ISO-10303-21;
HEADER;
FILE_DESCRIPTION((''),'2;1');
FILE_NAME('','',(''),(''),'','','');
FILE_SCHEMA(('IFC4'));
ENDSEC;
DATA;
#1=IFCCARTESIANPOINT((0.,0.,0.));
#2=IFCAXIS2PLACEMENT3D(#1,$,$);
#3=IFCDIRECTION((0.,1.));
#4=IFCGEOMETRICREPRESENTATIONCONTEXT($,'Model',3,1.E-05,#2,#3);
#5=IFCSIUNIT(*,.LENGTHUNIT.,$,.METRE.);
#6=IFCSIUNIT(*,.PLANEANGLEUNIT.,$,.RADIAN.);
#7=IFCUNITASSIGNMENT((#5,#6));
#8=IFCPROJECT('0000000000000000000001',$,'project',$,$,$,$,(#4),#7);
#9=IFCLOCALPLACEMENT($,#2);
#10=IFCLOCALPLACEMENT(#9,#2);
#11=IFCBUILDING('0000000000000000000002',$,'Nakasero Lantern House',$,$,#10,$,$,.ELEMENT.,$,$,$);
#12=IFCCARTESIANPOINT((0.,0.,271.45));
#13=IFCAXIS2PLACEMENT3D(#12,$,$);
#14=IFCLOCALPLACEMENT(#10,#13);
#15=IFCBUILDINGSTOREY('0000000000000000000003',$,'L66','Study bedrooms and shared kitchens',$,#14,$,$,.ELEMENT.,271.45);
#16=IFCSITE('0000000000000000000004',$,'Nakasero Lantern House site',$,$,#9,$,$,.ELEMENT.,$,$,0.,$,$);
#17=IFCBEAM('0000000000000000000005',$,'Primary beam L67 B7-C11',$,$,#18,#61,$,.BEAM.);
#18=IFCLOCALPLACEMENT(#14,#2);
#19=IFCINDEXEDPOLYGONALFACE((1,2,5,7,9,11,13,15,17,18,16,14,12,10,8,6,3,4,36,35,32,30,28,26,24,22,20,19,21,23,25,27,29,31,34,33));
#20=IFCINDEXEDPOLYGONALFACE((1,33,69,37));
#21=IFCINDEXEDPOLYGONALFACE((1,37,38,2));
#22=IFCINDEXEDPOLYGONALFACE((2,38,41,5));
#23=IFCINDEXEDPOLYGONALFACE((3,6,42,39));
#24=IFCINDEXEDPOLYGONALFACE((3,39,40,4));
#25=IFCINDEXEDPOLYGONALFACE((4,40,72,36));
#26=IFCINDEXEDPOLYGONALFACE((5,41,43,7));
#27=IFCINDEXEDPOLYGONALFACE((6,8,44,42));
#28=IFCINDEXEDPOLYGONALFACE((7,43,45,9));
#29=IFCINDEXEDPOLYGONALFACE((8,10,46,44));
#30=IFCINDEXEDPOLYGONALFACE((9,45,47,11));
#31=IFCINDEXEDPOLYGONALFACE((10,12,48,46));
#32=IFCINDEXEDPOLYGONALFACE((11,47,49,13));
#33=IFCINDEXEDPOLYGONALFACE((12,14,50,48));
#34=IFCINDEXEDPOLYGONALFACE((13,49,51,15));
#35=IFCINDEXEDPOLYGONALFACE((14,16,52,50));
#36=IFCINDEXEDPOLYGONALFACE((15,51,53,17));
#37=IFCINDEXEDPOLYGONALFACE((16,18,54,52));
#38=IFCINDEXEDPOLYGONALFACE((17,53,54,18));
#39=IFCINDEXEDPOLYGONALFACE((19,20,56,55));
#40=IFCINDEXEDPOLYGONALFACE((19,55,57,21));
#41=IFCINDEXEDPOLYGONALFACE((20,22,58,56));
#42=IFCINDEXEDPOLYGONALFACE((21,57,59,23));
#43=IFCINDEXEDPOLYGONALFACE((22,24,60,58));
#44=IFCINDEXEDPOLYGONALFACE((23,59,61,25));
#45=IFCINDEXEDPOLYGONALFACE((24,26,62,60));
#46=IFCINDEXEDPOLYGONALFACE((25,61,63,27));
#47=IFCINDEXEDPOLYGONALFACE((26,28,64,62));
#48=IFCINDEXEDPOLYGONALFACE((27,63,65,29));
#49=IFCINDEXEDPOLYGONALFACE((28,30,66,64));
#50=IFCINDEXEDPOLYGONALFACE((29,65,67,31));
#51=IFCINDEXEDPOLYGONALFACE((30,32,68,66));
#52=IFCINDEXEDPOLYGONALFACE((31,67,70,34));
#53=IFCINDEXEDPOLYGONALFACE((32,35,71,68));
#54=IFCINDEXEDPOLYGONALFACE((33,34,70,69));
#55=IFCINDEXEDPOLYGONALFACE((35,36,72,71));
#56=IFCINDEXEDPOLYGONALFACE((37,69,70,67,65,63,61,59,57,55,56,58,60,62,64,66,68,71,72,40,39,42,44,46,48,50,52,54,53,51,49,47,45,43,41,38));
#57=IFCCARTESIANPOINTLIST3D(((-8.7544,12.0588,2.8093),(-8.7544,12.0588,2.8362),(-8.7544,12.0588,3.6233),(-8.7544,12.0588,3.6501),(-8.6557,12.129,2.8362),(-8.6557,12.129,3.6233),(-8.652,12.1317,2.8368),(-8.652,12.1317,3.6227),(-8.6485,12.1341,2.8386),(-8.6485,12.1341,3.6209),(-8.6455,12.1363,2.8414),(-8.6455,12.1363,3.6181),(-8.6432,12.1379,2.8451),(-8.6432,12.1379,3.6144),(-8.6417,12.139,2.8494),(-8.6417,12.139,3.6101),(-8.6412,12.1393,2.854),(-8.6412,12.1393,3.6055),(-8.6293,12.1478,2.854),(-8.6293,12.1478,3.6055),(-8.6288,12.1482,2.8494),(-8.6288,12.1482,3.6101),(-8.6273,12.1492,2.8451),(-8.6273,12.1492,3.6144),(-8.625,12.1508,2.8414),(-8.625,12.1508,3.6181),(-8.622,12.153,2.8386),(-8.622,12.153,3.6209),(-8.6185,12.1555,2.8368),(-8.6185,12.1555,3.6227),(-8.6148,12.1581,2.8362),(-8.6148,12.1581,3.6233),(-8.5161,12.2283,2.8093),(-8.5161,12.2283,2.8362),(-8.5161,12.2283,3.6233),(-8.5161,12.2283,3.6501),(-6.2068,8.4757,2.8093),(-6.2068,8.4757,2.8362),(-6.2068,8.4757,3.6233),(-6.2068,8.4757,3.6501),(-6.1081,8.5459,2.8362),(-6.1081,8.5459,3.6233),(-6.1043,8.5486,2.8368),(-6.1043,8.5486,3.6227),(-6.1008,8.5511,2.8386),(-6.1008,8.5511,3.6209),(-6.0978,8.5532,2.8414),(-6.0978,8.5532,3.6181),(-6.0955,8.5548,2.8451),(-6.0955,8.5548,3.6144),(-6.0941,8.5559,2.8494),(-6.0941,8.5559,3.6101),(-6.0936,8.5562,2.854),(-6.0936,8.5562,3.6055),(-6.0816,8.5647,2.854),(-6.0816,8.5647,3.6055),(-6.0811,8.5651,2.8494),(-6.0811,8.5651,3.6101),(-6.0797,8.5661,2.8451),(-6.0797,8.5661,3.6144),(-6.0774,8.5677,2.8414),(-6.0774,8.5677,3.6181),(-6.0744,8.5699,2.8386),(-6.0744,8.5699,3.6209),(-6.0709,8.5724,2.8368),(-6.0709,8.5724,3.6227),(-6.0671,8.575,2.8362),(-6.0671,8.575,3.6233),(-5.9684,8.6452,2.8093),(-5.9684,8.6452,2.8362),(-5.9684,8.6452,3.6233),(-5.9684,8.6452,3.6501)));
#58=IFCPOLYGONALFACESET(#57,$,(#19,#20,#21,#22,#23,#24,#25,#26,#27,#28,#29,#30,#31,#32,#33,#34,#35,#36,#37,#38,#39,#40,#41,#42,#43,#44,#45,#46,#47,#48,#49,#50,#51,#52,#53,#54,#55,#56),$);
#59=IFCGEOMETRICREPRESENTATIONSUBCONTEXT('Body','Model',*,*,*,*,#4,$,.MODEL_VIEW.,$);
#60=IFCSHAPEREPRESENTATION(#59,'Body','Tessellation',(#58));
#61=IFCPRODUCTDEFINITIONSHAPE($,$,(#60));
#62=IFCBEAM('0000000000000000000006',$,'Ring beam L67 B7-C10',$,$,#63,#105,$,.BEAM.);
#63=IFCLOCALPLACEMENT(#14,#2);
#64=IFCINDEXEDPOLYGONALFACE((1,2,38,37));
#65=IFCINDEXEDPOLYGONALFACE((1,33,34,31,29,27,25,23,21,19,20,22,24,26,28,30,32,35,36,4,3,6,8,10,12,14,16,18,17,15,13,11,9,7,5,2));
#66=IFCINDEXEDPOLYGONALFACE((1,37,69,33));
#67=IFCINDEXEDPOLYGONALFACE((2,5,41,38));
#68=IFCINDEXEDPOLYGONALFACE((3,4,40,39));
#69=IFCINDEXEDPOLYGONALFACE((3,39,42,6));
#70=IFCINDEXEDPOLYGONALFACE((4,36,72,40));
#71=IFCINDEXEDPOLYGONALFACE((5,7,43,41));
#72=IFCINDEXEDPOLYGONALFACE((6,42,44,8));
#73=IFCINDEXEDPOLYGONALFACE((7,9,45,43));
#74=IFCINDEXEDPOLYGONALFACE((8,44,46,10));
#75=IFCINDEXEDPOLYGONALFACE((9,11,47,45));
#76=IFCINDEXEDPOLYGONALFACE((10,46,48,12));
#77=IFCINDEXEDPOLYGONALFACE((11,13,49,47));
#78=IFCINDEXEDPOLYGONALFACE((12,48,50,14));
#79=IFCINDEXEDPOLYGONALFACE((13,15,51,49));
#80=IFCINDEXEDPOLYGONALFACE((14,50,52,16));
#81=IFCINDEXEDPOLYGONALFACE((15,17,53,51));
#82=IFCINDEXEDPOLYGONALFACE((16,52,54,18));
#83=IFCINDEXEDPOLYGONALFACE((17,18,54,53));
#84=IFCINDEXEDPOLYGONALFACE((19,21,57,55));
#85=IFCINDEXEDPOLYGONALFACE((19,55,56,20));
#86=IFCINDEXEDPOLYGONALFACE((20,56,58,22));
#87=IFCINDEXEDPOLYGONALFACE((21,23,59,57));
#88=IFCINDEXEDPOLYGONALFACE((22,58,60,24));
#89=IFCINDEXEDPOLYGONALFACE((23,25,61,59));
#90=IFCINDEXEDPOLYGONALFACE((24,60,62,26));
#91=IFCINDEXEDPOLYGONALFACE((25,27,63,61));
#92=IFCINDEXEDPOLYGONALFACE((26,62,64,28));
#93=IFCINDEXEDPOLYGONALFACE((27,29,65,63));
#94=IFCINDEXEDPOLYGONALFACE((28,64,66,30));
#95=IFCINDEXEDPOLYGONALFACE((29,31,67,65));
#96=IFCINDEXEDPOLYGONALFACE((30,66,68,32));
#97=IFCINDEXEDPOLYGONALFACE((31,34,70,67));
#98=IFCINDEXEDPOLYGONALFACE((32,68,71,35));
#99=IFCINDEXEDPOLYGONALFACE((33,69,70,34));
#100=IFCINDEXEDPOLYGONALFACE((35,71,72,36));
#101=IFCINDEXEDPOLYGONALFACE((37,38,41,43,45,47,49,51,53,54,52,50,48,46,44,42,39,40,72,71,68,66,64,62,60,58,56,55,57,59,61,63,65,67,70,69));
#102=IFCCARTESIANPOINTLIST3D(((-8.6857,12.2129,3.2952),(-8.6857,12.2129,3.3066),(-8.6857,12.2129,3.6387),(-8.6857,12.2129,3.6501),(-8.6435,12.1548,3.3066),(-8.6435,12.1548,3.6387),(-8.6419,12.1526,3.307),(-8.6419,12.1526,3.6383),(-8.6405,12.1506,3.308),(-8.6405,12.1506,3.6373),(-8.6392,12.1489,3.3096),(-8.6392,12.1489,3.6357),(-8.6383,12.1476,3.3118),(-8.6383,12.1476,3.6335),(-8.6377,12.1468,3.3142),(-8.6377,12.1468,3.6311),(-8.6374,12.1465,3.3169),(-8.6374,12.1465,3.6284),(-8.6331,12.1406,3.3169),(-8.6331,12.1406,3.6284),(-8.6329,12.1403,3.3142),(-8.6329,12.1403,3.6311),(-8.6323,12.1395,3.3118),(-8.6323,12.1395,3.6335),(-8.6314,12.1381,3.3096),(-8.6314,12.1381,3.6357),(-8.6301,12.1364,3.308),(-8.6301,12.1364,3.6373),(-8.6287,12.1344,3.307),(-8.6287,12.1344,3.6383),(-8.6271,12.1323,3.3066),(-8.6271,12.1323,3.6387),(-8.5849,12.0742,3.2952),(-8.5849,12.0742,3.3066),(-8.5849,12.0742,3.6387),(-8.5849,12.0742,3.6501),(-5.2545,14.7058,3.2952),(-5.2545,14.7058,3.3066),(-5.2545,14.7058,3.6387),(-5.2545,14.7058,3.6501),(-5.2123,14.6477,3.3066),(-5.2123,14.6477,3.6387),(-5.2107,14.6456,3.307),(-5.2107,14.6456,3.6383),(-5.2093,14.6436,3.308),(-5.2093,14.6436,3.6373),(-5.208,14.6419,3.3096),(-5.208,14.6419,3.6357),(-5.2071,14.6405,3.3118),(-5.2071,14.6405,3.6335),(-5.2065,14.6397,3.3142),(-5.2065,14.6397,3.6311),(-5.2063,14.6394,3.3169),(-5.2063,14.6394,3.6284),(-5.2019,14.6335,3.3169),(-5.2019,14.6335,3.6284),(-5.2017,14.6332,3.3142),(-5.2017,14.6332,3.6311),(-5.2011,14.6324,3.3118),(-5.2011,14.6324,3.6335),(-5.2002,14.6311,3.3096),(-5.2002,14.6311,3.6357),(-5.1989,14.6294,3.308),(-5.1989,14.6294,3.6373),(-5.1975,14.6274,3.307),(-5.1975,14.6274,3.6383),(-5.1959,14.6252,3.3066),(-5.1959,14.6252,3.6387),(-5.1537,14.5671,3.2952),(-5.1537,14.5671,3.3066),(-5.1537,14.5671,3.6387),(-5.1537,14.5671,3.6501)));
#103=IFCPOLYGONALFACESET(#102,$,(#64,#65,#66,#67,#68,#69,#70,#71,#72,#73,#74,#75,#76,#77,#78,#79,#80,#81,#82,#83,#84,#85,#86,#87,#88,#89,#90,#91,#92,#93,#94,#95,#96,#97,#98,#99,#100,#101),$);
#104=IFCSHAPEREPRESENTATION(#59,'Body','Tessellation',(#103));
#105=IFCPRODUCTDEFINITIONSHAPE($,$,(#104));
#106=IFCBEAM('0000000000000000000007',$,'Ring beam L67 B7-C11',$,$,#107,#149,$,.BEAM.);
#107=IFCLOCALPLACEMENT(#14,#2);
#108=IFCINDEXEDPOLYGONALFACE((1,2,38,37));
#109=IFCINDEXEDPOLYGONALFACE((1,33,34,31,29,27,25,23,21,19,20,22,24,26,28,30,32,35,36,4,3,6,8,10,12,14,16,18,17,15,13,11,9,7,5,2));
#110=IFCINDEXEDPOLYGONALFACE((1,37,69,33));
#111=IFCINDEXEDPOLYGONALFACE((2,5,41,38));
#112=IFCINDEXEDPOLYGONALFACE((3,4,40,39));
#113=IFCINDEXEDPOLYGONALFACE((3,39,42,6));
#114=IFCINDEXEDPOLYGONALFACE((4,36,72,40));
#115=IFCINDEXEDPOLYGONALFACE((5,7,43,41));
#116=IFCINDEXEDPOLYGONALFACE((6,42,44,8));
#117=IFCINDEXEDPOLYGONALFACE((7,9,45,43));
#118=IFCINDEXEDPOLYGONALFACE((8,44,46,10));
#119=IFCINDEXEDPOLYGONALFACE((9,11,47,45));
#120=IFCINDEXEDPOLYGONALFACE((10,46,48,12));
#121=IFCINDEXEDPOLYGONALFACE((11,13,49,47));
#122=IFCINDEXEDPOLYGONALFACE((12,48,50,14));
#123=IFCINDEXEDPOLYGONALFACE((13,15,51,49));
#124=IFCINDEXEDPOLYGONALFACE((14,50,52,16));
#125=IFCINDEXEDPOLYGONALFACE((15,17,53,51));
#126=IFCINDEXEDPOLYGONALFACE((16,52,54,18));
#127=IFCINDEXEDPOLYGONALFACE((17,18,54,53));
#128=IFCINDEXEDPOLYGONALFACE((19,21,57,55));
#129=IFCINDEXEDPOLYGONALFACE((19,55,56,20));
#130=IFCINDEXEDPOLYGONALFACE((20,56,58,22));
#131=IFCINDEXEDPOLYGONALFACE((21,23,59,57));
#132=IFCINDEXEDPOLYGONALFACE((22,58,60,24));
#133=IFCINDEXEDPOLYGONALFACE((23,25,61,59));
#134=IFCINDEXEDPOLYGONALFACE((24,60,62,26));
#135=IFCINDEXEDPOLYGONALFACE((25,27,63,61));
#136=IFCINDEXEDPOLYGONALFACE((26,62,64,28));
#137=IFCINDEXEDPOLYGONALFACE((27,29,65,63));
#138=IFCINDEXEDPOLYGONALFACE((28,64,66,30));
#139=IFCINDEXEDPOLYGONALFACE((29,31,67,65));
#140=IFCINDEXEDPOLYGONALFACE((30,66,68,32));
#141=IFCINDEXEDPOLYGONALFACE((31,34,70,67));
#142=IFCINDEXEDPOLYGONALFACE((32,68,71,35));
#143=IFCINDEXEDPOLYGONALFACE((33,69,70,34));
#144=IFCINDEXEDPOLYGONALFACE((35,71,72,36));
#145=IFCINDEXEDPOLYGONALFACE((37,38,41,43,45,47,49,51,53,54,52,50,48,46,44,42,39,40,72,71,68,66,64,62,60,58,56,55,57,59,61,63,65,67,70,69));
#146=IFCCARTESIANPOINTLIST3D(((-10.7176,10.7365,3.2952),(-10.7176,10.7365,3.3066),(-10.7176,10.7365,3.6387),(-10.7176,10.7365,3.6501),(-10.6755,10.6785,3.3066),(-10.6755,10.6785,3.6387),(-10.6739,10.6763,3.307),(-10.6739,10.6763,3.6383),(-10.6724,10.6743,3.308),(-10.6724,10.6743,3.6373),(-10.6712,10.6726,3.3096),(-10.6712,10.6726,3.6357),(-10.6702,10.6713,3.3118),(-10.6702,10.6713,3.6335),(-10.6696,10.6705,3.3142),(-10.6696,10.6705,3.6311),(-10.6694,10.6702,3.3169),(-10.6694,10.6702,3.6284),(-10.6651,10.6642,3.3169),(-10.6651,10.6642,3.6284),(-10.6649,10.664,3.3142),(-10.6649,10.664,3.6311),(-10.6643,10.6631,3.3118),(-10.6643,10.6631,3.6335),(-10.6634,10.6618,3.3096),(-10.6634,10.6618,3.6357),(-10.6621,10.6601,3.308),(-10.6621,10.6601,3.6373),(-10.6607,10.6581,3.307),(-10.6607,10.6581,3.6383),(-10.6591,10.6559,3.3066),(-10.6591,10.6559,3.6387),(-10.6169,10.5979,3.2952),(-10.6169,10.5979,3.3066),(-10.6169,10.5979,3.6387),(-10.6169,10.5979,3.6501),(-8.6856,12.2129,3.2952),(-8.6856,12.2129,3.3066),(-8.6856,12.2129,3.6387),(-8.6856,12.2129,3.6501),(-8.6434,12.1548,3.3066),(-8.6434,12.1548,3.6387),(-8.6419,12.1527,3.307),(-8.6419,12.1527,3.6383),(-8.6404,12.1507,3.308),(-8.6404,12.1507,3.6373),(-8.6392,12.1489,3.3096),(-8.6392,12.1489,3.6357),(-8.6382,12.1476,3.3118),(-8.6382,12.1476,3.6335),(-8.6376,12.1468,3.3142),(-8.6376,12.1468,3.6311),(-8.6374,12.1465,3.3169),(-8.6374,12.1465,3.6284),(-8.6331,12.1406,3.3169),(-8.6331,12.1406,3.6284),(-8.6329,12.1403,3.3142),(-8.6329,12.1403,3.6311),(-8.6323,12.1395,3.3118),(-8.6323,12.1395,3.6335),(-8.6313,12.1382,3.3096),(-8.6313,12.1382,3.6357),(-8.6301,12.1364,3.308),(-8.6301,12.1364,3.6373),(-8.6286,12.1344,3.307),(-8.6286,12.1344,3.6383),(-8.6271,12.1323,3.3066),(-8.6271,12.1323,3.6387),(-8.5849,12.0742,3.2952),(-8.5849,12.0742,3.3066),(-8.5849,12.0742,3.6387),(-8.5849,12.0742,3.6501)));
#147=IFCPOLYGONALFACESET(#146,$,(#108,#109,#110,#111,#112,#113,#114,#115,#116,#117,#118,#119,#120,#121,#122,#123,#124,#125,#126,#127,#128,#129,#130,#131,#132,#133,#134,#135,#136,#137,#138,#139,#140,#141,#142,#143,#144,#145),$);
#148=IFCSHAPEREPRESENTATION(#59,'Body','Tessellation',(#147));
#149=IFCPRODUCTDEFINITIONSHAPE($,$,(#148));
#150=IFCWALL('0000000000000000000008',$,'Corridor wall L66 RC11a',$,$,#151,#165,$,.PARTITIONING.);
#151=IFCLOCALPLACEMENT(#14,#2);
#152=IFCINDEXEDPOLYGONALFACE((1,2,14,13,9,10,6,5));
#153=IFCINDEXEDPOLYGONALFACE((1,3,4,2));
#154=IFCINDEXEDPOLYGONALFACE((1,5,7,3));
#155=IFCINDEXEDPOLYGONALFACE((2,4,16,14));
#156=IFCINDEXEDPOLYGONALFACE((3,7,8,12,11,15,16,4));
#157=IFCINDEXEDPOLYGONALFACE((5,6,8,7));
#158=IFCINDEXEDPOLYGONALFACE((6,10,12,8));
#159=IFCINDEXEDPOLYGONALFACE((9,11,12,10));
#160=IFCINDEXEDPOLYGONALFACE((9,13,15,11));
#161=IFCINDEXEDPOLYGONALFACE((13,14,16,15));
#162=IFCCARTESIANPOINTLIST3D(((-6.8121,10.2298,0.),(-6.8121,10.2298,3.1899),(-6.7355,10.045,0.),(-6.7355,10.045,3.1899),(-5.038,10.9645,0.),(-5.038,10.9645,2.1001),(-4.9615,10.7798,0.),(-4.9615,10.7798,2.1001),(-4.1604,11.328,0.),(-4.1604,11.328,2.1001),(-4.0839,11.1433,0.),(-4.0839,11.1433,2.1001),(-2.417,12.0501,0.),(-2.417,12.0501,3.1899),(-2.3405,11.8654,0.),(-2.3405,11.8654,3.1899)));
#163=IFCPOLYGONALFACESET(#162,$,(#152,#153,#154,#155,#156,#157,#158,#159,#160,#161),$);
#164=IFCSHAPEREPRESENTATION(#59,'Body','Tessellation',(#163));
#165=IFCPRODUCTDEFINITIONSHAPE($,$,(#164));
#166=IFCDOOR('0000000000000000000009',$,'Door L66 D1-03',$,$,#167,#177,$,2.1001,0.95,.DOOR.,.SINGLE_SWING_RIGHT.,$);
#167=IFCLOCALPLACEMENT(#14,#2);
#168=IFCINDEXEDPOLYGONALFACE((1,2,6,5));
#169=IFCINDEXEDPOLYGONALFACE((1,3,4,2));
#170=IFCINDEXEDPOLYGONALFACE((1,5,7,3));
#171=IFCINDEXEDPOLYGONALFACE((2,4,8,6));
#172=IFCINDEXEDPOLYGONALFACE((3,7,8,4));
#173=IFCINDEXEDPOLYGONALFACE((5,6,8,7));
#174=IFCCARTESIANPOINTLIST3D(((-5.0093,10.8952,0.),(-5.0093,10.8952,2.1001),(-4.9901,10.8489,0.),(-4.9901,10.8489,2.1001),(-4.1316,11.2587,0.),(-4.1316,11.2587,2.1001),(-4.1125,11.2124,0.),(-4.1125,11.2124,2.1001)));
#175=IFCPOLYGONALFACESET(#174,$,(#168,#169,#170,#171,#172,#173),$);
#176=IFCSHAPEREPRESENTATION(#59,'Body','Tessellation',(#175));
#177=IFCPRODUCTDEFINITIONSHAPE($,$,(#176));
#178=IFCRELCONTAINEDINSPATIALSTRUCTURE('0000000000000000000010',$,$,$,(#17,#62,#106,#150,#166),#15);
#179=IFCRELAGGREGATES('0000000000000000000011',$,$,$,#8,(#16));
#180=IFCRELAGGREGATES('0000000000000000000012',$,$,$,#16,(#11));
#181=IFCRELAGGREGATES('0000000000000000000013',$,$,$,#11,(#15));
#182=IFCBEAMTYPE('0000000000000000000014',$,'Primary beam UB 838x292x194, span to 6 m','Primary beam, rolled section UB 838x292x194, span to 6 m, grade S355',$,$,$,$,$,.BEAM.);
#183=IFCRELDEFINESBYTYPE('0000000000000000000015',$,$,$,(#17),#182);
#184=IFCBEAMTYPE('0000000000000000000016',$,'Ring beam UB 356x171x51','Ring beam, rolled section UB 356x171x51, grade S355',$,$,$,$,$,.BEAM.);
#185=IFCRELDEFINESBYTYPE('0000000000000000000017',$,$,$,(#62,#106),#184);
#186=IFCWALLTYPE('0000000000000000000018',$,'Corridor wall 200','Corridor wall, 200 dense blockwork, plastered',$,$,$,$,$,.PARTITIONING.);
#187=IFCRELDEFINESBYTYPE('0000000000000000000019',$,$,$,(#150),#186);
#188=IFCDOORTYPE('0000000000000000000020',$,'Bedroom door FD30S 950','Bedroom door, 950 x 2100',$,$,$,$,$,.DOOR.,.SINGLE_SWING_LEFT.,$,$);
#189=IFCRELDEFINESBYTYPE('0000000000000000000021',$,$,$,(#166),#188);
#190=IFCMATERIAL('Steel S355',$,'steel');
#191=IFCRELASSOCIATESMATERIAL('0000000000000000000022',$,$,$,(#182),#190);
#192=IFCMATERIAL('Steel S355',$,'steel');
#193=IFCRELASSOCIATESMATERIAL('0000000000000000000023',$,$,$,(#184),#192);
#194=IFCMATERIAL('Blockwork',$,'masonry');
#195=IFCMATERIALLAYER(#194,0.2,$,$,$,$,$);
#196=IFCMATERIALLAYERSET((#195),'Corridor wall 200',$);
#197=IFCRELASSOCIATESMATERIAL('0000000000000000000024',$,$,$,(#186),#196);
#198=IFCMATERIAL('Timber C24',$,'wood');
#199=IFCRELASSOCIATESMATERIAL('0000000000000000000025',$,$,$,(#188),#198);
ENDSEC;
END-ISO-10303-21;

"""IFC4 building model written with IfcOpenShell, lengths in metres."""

from ifc_helpers import new_model, si_unit, direction, frame, frame_2d, origin, origin_2d, place, context, subcontext, project, spatial, rectangle, i_section, extrude, material, layer, layer_set, material_profile, profile_set, type_object, element, fill, save


model = new_model("IFC4")

# Units and contexts
model_context = context("Model", 3, precision=1e-05, world=origin(), true_north=direction((0.0, 1.0)))
body_context = subcontext(model_context, "Body", "Model", "MODEL_VIEW")
ifc_project = project(units=[si_unit("LENGTHUNIT", "METRE"), si_unit("PLANEANGLEUNIT", "RADIAN")], contexts=[model_context])

# Site, building, storey
site_placement = place(None, origin())
site = spatial("IfcSite", under=ifc_project, at=site_placement, Name="Nakasero Lantern House site", CompositionType="ELEMENT", RefElevation=0.0)
building_placement = place(site_placement, origin())
building = spatial("IfcBuilding", under=site, at=building_placement, Name="Nakasero Lantern House", CompositionType="ELEMENT")
storey_placement = place(building_placement, frame((0.0, 0.0, 271.45)))
storey = spatial("IfcBuildingStorey", under=building, at=storey_placement, Name="L66", Description="Study bedrooms and shared kitchens", CompositionType="ELEMENT", Elevation=271.45)

# Beams
ifc_material_1 = material(Name="Steel S355", Category="steel")
ifc_material_profile_1 = material_profile(ifc_material_1, i_section(OverallWidth=0.2925, OverallDepth=0.8408, WebThickness=0.0146, FlangeThickness=0.0269, FilletRadius=0.0178, at=origin_2d()), Name="UB 838x292x194")
ifc_profile_set_1 = profile_set([ifc_material_profile_1], Name="Steel S355")
beam_type_1 = type_object("IfcBeamType", Name="Primary beam UB 838x292x194, span to 6 m", Description="Primary beam, rolled section UB 838x292x194, span to 6 m, grade S355", PredefinedType="BEAM", material=ifc_profile_set_1)
beam_1_placement = place(storey_placement, frame((-8.6353, 12.1436, 3.2297), z_axis=(0.579477, -0.814989, 0.0), x_axis=(0.814989, 0.579477, 0.0)))
element("IfcBeam", 1, at=beam_1_placement, inside=storey, type_object=beam_type_1, Name="Primary beam L67 B7-C11", PredefinedType="BEAM", context=body_context, shape_type="SweptSolid", body=[
    extrude(i_section(OverallWidth=0.2925, OverallDepth=0.8408, WebThickness=0.0146, FlangeThickness=0.0269, FilletRadius=0.0178, at=origin_2d()), origin(), (0.0, 0.0, 1.0), 4.3965),
])
ifc_material_2 = material(Name="Steel S355", Category="steel")
ifc_material_profile_2 = material_profile(ifc_material_2, i_section(OverallWidth=0.1714, OverallDepth=0.355, WebThickness=0.0073, FlangeThickness=0.0115, FilletRadius=0.0103, at=origin_2d()), Name="UB 356x171x51")
ifc_profile_set_2 = profile_set([ifc_material_profile_2], Name="Steel S355")
beam_type_2 = type_object("IfcBeamType", Name="Ring beam UB 356x171x51", Description="Ring beam, rolled section UB 356x171x51, grade S355", PredefinedType="BEAM", material=ifc_profile_set_2)
beam_2_placement = place(storey_placement, frame((-5.2041, 14.6365, 3.4727), z_axis=(-0.809012, -0.587792, 0.0), x_axis=(0.587792, -0.809012, 0.0)))
element("IfcBeam", 2, at=beam_2_placement, inside=storey, type_object=beam_type_2, Name="Ring beam L67 B7-C10", PredefinedType="BEAM", context=body_context, shape_type="SweptSolid", body=[
    extrude(i_section(OverallWidth=0.1714, OverallDepth=0.355, WebThickness=0.0073, FlangeThickness=0.0115, FilletRadius=0.0103, at=origin_2d()), origin(), (0.0, 0.0, 1.0), 4.2412),
])
beam_3_placement = place(storey_placement, frame((-8.6353, 12.1436, 3.4727), z_axis=(-0.809018, -0.587784, 0.0), x_axis=(0.587784, -0.809018, 0.0)))
element("IfcBeam", 3, at=beam_3_placement, inside=storey, type_object=beam_type_2, Name="Ring beam L67 B7-C11", PredefinedType="BEAM", context=body_context, shape_type="SweptSolid", body=[
    extrude(i_section(OverallWidth=0.1714, OverallDepth=0.355, WebThickness=0.0073, FlangeThickness=0.0115, FilletRadius=0.0103, at=origin_2d()), origin(), (0.0, 0.0, 1.0), 2.5117),
])

# Wall, opening, door
ifc_material_3 = material(Name="Blockwork", Category="masonry")
ifc_layer_1 = layer(ifc_material_3, 0.2)
ifc_layer_set_1 = layer_set([ifc_layer_1], Name="Corridor wall 200")
wall_type_1 = type_object("IfcWallType", Name="Corridor wall 200", Description="Corridor wall, 200 dense blockwork, plastered", PredefinedType="PARTITIONING", material=ifc_layer_set_1)
wall_1_placement = place(storey_placement, frame((-6.7737, 10.1375, 0.0), z_axis=(0.0, 0.0, 1.0), x_axis=(0.923892, 0.382654, 0.0)))
wall_1 = element("IfcWall", 4, at=wall_1_placement, inside=storey, type_object=wall_type_1, Name="Corridor wall L66 RC11a", PredefinedType="PARTITIONING", context=body_context, shape_type="SweptSolid", body=[
    extrude(rectangle(XDim=4.7571, YDim=0.2, at=frame_2d((2.3784, 0.0))), origin(), (0.0, 0.0, 1.0), 3.1899),
])
opening_1_placement = place(wall_1_placement, frame((1.9199, 0.0, 0.0)))
opening_1 = element("IfcOpeningElement", 5, at=opening_1_placement, cuts=wall_1, PredefinedType="OPENING", context=body_context, shape_type="SweptSolid", body=[
    extrude(rectangle(XDim=0.95, YDim=2.1001, at=frame_2d((0.4751, 1.05))), frame((0.0, 0.1199, 0.0), z_axis=(0.0, -1.0, 0.0), x_axis=(1.0, 0.0, 0.0)), (0.0, 0.0, 1.0), 0.24),
])
ifc_material_4 = material(Name="Timber C24", Category="wood")
door_type_1 = type_object("IfcDoorType", Name="Bedroom door FD30S 950", Description="Bedroom door, 950 x 2100", OperationType="SINGLE_SWING_LEFT", PredefinedType="DOOR", material=ifc_material_4)
door_1_placement = place(opening_1_placement, origin())
door_1 = element("IfcDoor", 6, at=door_1_placement, inside=storey, type_object=door_type_1, Name="Door L66 D1-03", OperationType="SINGLE_SWING_RIGHT", OverallHeight=2.1001, OverallWidth=0.95, PredefinedType="DOOR", context=body_context, shape_type="SweptSolid", body=[
    extrude(rectangle(XDim=0.95, YDim=2.1001, at=frame_2d((0.4751, 1.05))), frame((0.0, 0.0249, 0.0), z_axis=(0.0, -1.0, 0.0), x_axis=(1.0, 0.0, 0.0)), (0.0, 0.0, 1.0), 0.05),
])
fill(opening_1, door_1)

save(model, "model.ifc")
